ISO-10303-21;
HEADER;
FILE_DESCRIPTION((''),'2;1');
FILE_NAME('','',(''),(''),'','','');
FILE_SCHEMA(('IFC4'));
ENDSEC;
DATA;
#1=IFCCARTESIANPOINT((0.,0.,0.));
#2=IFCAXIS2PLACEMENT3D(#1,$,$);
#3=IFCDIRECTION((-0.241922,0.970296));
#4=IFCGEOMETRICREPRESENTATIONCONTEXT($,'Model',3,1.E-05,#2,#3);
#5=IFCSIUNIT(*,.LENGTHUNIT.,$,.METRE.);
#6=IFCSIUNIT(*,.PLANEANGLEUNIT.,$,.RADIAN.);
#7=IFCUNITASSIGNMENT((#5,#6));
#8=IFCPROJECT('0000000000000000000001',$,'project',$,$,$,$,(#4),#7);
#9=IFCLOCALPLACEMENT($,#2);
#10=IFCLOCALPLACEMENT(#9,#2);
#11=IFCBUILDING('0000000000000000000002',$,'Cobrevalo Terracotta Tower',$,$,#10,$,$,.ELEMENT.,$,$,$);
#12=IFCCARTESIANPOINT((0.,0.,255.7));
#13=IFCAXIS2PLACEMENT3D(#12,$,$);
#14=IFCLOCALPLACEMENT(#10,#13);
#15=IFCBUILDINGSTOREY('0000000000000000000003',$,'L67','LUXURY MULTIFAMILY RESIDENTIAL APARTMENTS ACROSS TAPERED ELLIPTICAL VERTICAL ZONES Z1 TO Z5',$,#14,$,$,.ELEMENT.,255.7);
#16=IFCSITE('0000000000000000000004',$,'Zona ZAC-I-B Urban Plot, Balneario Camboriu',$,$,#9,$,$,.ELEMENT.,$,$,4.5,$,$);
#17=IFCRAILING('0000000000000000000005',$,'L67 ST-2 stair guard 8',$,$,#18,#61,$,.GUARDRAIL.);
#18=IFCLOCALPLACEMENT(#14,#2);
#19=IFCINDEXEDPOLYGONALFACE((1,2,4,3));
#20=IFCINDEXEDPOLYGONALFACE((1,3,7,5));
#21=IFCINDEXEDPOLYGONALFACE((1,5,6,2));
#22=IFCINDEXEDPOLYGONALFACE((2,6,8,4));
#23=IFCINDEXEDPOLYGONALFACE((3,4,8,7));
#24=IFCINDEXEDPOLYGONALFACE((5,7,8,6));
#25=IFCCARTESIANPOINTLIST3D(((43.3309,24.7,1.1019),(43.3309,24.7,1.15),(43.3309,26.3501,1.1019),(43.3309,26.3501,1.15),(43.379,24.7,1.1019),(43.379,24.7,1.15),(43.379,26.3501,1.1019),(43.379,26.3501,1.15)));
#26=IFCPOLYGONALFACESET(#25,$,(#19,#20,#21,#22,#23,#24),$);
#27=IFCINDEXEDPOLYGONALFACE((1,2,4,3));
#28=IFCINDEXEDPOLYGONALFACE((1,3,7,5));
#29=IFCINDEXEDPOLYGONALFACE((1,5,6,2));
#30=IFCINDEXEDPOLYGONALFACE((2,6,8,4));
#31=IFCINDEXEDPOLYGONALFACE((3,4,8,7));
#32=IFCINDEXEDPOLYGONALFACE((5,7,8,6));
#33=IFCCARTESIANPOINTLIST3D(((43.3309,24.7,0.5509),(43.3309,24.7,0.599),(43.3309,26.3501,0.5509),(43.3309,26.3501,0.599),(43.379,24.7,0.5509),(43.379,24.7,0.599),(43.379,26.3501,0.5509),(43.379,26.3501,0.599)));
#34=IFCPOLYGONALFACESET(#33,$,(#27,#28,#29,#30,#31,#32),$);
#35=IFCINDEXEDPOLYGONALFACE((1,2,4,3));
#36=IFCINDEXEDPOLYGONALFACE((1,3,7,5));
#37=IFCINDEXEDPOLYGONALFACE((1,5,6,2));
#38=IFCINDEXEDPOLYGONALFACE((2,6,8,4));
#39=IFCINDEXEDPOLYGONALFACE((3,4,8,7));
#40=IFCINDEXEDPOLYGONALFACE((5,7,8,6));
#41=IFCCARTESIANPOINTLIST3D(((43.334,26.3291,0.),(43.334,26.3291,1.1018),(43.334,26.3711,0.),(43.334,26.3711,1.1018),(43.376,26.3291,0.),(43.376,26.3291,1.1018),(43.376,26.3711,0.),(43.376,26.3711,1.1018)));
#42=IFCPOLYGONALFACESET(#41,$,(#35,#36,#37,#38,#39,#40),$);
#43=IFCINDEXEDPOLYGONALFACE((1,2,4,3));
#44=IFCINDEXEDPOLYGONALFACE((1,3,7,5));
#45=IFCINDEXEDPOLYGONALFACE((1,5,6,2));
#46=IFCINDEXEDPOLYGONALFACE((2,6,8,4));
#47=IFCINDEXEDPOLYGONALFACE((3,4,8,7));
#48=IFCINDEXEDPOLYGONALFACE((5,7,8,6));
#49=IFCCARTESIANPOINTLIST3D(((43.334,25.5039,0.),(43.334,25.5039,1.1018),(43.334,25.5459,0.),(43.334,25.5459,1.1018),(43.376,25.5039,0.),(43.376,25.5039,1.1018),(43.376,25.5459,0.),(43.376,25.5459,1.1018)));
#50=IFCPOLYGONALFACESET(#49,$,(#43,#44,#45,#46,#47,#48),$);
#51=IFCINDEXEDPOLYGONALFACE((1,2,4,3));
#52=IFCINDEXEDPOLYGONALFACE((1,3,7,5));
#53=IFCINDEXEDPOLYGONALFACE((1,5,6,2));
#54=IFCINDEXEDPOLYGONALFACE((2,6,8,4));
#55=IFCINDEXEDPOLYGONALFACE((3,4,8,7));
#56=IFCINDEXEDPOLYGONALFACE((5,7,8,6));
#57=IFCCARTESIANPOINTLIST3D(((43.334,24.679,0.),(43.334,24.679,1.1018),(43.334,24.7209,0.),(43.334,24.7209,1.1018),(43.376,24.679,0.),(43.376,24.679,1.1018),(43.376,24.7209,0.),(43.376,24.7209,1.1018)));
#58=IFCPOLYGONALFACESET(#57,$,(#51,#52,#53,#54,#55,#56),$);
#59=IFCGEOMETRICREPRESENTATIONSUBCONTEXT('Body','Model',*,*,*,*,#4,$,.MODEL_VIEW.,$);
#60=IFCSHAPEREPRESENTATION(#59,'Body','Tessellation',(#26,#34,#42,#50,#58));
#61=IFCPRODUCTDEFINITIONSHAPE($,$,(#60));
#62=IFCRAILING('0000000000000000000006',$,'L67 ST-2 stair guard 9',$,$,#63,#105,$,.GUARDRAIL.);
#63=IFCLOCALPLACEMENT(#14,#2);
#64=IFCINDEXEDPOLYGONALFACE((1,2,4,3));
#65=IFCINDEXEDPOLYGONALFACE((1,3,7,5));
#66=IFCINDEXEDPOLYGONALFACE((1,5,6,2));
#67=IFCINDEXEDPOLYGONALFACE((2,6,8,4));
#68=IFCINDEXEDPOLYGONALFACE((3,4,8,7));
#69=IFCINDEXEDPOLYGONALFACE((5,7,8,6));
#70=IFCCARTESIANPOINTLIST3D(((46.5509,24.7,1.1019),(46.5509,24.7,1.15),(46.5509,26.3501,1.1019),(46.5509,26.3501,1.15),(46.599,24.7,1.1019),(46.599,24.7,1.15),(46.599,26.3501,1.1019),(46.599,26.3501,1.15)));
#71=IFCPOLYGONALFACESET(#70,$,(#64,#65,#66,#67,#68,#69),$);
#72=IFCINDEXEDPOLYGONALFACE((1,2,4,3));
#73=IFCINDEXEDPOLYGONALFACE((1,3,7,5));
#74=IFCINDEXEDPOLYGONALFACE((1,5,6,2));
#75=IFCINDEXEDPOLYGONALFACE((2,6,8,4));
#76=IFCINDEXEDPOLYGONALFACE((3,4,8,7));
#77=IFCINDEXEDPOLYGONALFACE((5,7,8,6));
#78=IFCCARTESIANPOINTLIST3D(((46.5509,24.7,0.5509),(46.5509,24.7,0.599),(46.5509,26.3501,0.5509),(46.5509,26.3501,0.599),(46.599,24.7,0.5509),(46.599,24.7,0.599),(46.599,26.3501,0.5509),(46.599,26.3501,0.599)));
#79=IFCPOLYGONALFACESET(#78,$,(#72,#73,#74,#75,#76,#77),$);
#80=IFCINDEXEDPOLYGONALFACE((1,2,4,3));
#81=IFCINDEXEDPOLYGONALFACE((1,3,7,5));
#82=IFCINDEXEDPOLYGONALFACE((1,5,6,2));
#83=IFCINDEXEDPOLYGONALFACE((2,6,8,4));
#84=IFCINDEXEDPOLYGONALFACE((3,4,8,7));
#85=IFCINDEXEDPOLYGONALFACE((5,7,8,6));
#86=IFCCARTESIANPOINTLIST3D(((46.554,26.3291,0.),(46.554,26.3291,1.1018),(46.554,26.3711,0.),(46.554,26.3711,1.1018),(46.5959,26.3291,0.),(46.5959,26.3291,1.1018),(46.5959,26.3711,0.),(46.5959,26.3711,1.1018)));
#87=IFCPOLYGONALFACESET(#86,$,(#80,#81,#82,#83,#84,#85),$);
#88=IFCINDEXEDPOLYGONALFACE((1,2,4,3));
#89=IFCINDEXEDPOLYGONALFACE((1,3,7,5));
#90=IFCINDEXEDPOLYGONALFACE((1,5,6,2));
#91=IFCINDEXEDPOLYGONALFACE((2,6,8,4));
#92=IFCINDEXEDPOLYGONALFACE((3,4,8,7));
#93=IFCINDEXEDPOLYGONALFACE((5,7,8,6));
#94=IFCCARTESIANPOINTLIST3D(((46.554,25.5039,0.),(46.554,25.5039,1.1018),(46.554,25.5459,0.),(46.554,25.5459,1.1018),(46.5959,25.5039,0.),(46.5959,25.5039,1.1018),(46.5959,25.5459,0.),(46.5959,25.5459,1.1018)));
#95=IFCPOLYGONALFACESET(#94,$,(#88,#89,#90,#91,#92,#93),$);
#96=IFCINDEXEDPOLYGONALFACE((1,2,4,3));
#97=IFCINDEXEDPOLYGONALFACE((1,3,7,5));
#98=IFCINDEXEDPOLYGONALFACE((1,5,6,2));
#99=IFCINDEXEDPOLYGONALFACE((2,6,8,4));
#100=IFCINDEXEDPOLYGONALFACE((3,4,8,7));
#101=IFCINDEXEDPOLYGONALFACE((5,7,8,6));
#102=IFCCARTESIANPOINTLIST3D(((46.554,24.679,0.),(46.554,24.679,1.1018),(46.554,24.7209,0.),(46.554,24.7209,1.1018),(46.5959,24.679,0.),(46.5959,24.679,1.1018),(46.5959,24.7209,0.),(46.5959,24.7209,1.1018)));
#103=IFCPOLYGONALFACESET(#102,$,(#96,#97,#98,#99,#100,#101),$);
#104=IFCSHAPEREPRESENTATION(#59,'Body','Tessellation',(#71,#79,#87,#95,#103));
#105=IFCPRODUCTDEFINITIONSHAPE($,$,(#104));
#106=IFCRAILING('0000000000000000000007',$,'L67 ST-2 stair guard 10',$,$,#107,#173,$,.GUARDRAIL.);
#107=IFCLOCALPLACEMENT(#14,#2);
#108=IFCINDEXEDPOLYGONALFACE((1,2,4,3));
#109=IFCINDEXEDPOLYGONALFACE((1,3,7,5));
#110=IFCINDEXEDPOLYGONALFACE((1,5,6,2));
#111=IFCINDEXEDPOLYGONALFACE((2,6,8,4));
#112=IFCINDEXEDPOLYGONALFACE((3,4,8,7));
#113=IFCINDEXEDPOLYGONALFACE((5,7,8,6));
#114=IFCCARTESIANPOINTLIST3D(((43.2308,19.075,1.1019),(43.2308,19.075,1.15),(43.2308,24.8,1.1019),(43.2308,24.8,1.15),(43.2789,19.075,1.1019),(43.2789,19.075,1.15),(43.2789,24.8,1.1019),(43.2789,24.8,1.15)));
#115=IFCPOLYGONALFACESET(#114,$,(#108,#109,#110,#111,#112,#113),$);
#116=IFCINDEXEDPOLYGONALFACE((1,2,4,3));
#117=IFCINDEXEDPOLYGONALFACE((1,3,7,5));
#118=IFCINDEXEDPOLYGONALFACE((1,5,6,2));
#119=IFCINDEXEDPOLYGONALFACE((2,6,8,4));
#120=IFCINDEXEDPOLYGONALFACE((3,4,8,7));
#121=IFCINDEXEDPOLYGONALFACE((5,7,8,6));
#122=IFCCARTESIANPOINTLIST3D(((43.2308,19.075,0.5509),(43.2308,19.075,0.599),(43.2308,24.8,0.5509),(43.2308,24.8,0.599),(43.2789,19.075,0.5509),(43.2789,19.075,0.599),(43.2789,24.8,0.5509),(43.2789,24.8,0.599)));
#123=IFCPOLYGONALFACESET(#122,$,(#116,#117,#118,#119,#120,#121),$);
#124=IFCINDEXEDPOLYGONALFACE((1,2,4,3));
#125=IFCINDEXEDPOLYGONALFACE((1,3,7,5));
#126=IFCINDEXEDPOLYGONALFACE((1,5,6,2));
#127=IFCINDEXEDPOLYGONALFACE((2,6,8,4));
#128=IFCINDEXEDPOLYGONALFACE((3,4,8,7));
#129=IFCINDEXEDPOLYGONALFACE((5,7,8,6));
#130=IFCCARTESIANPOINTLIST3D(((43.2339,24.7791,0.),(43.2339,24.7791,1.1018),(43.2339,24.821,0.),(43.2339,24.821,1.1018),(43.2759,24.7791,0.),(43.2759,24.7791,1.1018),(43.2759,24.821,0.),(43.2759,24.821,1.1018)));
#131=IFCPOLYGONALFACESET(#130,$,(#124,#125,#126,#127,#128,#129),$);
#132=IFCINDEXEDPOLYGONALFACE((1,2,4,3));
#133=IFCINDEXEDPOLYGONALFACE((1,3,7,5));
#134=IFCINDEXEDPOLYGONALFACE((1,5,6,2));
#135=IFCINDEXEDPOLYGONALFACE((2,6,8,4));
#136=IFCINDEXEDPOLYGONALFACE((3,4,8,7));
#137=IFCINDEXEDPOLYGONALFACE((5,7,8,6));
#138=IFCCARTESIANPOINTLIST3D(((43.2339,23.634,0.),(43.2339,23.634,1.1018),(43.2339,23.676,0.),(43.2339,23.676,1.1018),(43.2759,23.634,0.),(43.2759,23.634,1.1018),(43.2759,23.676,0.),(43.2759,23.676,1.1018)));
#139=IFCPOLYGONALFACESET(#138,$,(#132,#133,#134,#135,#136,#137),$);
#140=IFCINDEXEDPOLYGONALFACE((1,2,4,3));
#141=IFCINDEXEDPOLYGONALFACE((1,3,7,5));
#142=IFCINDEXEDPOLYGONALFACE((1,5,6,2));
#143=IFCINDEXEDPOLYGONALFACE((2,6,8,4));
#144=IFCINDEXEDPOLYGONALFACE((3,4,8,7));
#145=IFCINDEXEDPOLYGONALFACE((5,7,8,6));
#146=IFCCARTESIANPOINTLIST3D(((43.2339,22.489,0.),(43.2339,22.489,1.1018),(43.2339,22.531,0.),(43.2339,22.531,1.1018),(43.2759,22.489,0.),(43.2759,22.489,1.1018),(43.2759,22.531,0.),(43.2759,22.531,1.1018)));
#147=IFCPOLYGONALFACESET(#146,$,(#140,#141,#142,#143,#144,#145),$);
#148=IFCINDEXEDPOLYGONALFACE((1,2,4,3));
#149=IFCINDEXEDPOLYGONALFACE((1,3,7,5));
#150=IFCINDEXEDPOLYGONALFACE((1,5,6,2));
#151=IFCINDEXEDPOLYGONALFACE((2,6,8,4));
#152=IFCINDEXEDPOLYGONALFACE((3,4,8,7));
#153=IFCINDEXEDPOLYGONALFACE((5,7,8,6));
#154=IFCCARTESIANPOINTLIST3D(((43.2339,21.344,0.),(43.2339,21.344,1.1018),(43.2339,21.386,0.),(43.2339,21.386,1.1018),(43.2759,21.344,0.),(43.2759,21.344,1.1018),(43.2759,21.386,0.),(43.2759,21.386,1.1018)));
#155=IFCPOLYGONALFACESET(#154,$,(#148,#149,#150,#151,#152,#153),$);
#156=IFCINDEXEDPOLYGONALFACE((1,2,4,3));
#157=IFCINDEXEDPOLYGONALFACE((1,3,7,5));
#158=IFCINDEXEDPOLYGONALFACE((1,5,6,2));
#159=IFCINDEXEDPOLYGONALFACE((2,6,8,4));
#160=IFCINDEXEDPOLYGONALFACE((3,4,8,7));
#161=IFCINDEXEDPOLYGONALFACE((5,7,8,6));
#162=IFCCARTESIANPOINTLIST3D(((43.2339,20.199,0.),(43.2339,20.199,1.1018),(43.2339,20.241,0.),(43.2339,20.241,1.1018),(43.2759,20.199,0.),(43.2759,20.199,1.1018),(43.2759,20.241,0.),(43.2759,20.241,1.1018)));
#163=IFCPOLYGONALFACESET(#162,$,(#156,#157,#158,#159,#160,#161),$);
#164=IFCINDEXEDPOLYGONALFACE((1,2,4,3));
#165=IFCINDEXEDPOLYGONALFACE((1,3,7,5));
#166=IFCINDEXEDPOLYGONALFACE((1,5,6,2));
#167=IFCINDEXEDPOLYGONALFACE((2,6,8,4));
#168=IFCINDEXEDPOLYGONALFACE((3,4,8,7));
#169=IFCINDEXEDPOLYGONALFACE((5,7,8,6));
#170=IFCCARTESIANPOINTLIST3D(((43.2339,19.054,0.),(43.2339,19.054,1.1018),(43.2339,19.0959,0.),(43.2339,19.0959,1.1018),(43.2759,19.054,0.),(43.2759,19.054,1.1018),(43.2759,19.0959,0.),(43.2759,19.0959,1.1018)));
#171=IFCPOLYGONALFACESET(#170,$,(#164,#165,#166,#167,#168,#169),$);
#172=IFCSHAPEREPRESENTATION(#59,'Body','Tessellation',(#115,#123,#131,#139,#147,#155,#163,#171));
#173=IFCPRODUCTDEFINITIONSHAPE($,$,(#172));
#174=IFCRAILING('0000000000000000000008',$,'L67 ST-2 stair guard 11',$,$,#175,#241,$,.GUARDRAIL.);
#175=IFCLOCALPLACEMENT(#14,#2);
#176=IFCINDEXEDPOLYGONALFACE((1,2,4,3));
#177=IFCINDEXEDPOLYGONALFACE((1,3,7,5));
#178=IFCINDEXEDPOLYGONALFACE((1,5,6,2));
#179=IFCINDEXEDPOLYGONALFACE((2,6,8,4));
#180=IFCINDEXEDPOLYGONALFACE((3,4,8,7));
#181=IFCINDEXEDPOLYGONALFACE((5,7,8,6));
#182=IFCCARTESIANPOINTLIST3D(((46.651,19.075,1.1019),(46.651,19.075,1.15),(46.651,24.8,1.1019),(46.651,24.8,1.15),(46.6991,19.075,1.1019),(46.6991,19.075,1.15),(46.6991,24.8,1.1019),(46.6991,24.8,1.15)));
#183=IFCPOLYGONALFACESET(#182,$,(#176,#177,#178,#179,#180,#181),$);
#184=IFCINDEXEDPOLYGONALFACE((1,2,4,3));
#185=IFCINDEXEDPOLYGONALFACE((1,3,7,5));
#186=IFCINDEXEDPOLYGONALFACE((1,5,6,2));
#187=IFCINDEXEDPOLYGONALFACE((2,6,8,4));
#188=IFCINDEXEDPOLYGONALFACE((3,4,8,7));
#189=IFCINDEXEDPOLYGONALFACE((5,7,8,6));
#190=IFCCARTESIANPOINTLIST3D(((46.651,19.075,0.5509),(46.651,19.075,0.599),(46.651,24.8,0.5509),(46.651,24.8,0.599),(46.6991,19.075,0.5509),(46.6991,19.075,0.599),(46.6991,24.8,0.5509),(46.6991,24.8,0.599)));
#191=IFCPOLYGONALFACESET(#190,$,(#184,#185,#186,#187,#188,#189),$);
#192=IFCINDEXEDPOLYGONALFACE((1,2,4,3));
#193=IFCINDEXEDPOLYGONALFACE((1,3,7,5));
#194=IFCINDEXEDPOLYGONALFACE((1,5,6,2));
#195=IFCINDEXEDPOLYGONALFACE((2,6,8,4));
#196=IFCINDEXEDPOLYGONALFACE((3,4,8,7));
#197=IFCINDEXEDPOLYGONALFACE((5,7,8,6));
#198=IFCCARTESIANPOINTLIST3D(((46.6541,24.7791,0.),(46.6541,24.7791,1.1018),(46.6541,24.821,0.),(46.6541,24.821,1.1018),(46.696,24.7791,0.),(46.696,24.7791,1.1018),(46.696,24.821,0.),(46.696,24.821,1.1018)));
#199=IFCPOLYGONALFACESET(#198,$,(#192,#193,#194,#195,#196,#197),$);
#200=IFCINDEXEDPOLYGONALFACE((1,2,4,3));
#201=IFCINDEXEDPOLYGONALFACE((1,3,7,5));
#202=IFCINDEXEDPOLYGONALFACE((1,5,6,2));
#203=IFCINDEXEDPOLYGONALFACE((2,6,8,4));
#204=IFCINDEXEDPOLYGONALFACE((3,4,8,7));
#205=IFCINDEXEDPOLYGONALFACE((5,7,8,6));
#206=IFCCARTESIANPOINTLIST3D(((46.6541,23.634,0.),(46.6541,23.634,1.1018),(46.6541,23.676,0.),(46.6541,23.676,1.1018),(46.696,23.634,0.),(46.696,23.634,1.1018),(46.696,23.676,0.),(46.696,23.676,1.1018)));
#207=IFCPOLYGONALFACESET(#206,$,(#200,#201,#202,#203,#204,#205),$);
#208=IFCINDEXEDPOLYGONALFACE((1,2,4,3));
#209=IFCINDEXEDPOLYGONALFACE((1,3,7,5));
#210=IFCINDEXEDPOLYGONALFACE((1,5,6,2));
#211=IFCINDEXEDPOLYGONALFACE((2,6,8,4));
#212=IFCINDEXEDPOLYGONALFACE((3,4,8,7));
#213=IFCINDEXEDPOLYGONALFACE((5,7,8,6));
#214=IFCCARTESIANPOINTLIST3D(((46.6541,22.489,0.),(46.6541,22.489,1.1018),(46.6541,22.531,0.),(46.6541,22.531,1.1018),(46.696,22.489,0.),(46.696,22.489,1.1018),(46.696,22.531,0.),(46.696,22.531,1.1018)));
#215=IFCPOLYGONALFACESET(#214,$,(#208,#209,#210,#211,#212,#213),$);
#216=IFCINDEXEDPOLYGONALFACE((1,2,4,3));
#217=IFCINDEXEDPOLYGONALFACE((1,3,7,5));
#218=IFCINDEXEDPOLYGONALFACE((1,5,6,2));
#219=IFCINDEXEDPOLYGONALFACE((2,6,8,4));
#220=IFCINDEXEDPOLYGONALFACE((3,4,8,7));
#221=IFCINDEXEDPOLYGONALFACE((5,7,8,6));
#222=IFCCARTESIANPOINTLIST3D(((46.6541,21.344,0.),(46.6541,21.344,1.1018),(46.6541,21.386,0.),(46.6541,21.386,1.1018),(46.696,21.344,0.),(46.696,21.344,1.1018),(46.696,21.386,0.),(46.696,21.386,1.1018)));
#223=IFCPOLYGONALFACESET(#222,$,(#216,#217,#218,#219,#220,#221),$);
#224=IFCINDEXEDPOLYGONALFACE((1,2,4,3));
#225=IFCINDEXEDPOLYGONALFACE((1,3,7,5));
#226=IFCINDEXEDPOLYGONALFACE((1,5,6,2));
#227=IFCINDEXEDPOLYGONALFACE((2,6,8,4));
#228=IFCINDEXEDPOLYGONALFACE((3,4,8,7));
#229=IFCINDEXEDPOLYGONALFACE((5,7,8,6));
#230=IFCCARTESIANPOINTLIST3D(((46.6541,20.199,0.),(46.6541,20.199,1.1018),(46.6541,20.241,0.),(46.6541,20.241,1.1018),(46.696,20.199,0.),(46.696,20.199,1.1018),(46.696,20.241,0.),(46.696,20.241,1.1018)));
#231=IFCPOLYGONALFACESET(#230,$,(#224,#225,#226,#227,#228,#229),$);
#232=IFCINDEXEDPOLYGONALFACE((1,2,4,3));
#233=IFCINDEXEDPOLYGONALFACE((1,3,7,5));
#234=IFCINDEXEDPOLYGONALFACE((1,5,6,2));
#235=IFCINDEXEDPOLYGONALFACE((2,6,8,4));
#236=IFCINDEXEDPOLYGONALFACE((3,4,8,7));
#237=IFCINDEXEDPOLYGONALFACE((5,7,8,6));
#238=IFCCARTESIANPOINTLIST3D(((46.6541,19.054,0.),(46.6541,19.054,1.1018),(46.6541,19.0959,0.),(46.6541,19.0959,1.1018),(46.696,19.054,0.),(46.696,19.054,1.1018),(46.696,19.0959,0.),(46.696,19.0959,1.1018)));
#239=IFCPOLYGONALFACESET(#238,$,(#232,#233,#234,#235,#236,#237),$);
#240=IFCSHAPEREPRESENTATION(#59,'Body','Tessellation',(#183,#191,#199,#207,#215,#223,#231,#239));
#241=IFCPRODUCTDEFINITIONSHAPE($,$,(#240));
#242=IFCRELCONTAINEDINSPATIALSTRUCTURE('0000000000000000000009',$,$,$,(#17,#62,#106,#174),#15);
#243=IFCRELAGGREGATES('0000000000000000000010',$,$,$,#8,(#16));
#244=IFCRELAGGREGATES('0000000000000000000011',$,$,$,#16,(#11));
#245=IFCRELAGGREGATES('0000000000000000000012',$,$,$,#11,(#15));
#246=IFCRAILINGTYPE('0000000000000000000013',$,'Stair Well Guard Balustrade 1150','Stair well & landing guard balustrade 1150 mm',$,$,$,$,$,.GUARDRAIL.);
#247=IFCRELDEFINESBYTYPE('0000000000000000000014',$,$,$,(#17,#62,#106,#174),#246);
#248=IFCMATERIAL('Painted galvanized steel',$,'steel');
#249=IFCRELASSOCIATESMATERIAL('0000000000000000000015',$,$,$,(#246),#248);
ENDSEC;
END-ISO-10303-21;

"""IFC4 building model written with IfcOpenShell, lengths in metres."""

from ifc_helpers import new_model, si_unit, direction, frame, origin, origin_2d, place, context, subcontext, project, spatial, rectangle, extrude, material, type_object, element, save


model = new_model("IFC4")

# Units and contexts
model_context = context("Model", 3, precision=1e-05, world=origin(), true_north=direction((-0.241922, 0.970296)))
body_context = subcontext(model_context, "Body", "Model", "MODEL_VIEW")
ifc_project = project(units=[si_unit("LENGTHUNIT", "METRE"), si_unit("PLANEANGLEUNIT", "RADIAN")], contexts=[model_context])

# Site, building, storey
site_placement = place(None, origin())
site = spatial("IfcSite", under=ifc_project, at=site_placement, Name="Zona ZAC-I-B Urban Plot, Balneario Camboriu", CompositionType="ELEMENT", RefElevation=4.5)
building_placement = place(site_placement, origin())
building = spatial("IfcBuilding", under=site, at=building_placement, Name="Cobrevalo Terracotta Tower", CompositionType="ELEMENT")
storey_placement = place(building_placement, frame((0.0, 0.0, 255.7)))
storey = spatial("IfcBuildingStorey", under=building, at=storey_placement, Name="L67", Description="LUXURY MULTIFAMILY RESIDENTIAL APARTMENTS ACROSS TAPERED ELLIPTICAL VERTICAL ZONES Z1 TO Z5", CompositionType="ELEMENT", Elevation=255.7)

# Railings
ifc_material_1 = material(Name="Painted galvanized steel", Category="steel")
railing_type = type_object("IfcRailingType", Name="Stair Well Guard Balustrade 1150", Description="Stair well & landing guard balustrade 1150 mm", PredefinedType="GUARDRAIL", material=ifc_material_1)
for number, where, name in (
    (1, (43.355, 26.3501, 0.0), "L67 ST-2 stair guard 8"),
    (2, (46.575, 26.3501, 0.0), "L67 ST-2 stair guard 9"),
):
    element("IfcRailing", number, at=place(storey_placement, frame(where)), inside=storey, type_object=railing_type, Name=name, PredefinedType="GUARDRAIL", context=body_context, shape_type="SweptSolid", body=[
        extrude(rectangle(XDim=0.0481, YDim=0.0481, at=origin_2d()), frame((0.0, 0.0, 1.126), z_axis=(0.0, -1.0, 0.0), x_axis=(1.0, 0.0, 0.0)), (0.0, 0.0, 1.0), 1.6501),
        extrude(rectangle(XDim=0.0481, YDim=0.0481, at=origin_2d()), frame((0.0, 0.0, 0.575), z_axis=(0.0, -1.0, 0.0), x_axis=(1.0, 0.0, 0.0)), (0.0, 0.0, 1.0), 1.6501),
        extrude(rectangle(XDim=0.042, YDim=0.042, at=origin_2d()), origin(), (0.0, 0.0, 1.0), 1.1018),
        extrude(rectangle(XDim=0.042, YDim=0.042, at=origin_2d()), frame((0.0, -0.8252, 0.0)), (0.0, 0.0, 1.0), 1.1018),
        extrude(rectangle(XDim=0.042, YDim=0.042, at=origin_2d()), frame((0.0, -1.6501, 0.0)), (0.0, 0.0, 1.0), 1.1018),
    ])
for number, where, name in (
    (3, (43.2549, 24.8, 0.0), "L67 ST-2 stair guard 10"),
    (4, (46.675, 24.8, 0.0), "L67 ST-2 stair guard 11"),
):
    element("IfcRailing", number, at=place(storey_placement, frame(where)), inside=storey, type_object=railing_type, Name=name, PredefinedType="GUARDRAIL", context=body_context, shape_type="SweptSolid", body=[
        extrude(rectangle(XDim=0.0481, YDim=0.0481, at=origin_2d()), frame((0.0, 0.0, 1.126), z_axis=(0.0, -1.0, 0.0), x_axis=(1.0, 0.0, 0.0)), (0.0, 0.0, 1.0), 5.7251),
        extrude(rectangle(XDim=0.0481, YDim=0.0481, at=origin_2d()), frame((0.0, 0.0, 0.575), z_axis=(0.0, -1.0, 0.0), x_axis=(1.0, 0.0, 0.0)), (0.0, 0.0, 1.0), 5.7251),
        extrude(rectangle(XDim=0.042, YDim=0.042, at=origin_2d()), origin(), (0.0, 0.0, 1.0), 1.1018),
        extrude(rectangle(XDim=0.042, YDim=0.042, at=origin_2d()), frame((0.0, -1.145, 0.0)), (0.0, 0.0, 1.0), 1.1018),
        extrude(rectangle(XDim=0.042, YDim=0.042, at=origin_2d()), frame((0.0, -2.29, 0.0)), (0.0, 0.0, 1.0), 1.1018),
        extrude(rectangle(XDim=0.042, YDim=0.042, at=origin_2d()), frame((0.0, -3.4351, 0.0)), (0.0, 0.0, 1.0), 1.1018),
        extrude(rectangle(XDim=0.042, YDim=0.042, at=origin_2d()), frame((0.0, -4.5801, 0.0)), (0.0, 0.0, 1.0), 1.1018),
        extrude(rectangle(XDim=0.042, YDim=0.042, at=origin_2d()), frame((0.0, -5.7251, 0.0)), (0.0, 0.0, 1.0), 1.1018),
    ])

save(model, "model.ifc")
